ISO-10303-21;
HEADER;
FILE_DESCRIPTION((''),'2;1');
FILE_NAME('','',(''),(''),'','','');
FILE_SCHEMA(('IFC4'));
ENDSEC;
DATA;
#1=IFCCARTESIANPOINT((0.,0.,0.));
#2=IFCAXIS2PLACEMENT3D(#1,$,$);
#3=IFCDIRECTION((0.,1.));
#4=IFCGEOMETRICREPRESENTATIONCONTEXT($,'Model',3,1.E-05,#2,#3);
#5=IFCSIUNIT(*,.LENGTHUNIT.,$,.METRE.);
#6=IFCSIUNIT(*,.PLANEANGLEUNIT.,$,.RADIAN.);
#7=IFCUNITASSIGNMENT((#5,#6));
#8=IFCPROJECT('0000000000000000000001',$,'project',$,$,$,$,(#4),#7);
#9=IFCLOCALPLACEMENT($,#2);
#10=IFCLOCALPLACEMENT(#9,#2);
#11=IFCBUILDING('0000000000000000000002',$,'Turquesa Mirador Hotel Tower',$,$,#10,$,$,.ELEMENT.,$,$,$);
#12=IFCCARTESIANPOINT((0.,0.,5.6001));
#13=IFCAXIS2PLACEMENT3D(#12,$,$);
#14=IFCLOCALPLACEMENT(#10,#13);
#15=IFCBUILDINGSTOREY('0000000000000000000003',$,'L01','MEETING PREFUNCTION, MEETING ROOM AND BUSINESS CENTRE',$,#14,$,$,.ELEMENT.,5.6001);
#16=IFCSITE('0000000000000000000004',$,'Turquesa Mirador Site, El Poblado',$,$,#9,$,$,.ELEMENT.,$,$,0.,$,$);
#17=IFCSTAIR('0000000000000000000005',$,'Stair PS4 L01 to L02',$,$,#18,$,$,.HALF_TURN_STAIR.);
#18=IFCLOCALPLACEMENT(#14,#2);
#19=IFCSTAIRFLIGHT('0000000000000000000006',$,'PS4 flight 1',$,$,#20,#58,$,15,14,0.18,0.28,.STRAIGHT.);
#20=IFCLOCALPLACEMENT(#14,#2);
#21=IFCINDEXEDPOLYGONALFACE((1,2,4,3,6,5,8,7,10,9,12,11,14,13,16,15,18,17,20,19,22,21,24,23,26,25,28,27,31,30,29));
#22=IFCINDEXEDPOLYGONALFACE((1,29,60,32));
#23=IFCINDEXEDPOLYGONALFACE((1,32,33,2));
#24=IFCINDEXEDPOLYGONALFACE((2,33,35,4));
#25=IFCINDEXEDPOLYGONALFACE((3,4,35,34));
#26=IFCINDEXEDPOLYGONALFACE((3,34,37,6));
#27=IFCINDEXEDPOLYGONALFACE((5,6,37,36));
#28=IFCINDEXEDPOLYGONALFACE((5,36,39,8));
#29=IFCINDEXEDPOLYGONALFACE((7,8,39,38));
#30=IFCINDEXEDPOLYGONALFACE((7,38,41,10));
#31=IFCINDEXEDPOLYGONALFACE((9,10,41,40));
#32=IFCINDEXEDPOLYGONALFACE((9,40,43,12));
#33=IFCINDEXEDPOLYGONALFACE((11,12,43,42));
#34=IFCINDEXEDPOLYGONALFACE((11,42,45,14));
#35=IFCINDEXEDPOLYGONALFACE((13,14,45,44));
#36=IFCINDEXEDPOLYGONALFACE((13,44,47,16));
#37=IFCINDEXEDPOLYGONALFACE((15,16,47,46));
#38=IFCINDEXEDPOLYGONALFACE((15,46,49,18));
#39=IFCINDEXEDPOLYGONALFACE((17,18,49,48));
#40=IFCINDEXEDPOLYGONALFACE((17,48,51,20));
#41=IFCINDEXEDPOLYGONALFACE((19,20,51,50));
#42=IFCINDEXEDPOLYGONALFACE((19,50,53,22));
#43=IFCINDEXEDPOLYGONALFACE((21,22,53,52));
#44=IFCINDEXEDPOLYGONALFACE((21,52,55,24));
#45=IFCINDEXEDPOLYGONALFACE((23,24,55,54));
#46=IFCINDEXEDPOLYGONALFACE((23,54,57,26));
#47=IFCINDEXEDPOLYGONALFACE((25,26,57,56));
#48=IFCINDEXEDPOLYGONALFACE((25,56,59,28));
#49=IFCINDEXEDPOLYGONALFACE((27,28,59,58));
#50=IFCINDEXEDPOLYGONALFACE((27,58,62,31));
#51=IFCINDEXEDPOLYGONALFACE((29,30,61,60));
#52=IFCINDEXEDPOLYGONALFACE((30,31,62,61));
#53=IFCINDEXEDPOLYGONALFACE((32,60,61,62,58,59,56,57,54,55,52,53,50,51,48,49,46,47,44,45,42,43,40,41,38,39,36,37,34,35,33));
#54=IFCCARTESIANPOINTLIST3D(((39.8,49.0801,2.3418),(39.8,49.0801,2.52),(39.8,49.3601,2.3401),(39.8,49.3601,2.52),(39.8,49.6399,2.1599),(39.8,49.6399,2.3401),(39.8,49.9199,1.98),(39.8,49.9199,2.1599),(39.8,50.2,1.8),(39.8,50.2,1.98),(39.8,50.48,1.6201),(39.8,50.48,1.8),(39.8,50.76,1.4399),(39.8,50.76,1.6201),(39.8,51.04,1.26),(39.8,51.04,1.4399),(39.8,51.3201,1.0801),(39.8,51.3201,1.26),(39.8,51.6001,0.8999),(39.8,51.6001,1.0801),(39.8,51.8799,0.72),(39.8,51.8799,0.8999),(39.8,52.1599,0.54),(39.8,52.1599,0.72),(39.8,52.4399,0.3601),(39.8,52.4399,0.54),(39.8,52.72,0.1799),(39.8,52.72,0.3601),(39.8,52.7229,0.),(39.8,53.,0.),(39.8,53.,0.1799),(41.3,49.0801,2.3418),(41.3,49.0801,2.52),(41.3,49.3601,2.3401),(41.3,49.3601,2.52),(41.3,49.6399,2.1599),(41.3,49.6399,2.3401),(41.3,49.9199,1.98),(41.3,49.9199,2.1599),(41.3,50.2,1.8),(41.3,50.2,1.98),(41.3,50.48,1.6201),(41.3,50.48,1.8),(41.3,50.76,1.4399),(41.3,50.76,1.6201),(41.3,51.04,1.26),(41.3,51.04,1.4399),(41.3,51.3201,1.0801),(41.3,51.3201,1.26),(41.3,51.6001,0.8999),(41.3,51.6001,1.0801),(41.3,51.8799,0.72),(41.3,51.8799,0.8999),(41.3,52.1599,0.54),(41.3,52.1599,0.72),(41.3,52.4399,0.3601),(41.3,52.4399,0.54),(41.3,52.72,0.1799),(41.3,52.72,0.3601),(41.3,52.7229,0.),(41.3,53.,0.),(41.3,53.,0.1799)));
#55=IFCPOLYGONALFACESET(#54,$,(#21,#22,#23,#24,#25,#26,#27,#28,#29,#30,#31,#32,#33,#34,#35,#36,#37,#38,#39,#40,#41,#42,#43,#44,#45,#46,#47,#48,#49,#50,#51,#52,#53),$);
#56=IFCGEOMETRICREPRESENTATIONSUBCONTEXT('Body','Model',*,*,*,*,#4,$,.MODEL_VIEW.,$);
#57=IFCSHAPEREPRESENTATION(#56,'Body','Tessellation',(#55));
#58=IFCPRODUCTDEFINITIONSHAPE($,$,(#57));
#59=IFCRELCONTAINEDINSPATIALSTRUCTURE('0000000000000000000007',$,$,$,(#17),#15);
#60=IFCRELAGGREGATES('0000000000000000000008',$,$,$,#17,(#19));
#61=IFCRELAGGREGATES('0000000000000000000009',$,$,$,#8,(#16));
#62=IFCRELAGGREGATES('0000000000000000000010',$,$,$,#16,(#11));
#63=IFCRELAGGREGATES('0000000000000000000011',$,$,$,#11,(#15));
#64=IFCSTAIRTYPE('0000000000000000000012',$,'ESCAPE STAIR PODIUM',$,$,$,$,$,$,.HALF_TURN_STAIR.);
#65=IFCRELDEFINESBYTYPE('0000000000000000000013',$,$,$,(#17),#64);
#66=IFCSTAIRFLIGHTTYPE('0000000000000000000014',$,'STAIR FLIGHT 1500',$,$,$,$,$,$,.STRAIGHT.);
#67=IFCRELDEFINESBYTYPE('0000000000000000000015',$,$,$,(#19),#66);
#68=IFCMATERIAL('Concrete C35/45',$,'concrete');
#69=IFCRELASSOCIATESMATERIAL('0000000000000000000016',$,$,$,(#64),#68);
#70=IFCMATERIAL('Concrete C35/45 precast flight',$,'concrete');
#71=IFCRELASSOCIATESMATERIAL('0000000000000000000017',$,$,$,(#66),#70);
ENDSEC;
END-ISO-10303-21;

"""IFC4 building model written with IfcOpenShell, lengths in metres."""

from ifc_helpers import new_model, si_unit, direction, frame, origin, place, context, subcontext, project, spatial, polyline, outline, extrude, material, type_object, element, aggregate, save


model = new_model("IFC4")

# Units and contexts
model_context = context("Model", 3, precision=1e-05, world=origin(), true_north=direction((0.0, 1.0)))
body_context = subcontext(model_context, "Body", "Model", "MODEL_VIEW")
ifc_project = project(units=[si_unit("LENGTHUNIT", "METRE"), si_unit("PLANEANGLEUNIT", "RADIAN")], contexts=[model_context])

# Site, building, storey
site_placement = place(None, origin())
site = spatial("IfcSite", under=ifc_project, at=site_placement, Name="Turquesa Mirador Site, El Poblado", CompositionType="ELEMENT", RefElevation=0.0)
building_placement = place(site_placement, origin())
building = spatial("IfcBuilding", under=site, at=building_placement, Name="Turquesa Mirador Hotel Tower", CompositionType="ELEMENT")
storey_placement = place(building_placement, frame((0.0, 0.0, 5.6001)))
storey = spatial("IfcBuildingStorey", under=building, at=storey_placement, Name="L01", Description="MEETING PREFUNCTION, MEETING ROOM AND BUSINESS CENTRE", CompositionType="ELEMENT", Elevation=5.6001)

# Stair, stair flight
ifc_material_1 = material(Name="Concrete C35/45", Category="concrete")
stair_type = type_object("IfcStairType", Name="ESCAPE STAIR PODIUM", PredefinedType="HALF_TURN_STAIR", material=ifc_material_1)
stair_placement = place(storey_placement, origin())
stair = element("IfcStair", 1, at=stair_placement, inside=storey, type_object=stair_type, Name="Stair PS4 L01 to L02", PredefinedType="HALF_TURN_STAIR")
ifc_material_2 = material(Name="Concrete C35/45 precast flight", Category="concrete")
stair_flight_type = type_object("IfcStairFlightType", Name="STAIR FLIGHT 1500", PredefinedType="STRAIGHT", material=ifc_material_2)
stair_flight_placement = place(storey_placement, frame((40.55, 53.0, 0.0), z_axis=(0.0, 0.0, 1.0), x_axis=(0.0, -1.0, 0.0)))
stair_flight = element("IfcStairFlight", 2, at=stair_flight_placement, type_object=stair_flight_type, Name="PS4 flight 1", NumberOfRisers=15, NumberOfTreads=14, PredefinedType="STRAIGHT", RiserHeight=0.18, TreadLength=0.28, context=body_context, shape_type="SweptSolid", body=[
    extrude(outline(polyline([(0.0, 0.0), (0.0, 0.1799), (0.28, 0.1799), (0.28, 0.3601), (0.5601, 0.3601), (0.5601, 0.54), (0.8401, 0.54), (0.8401, 0.72), (1.1201, 0.72), (1.1201, 0.8999), (1.3999, 0.8999), (1.3999, 1.0801), (1.6799, 1.0801), (1.6799, 1.26), (1.96, 1.26), (1.96, 1.4399), (2.24, 1.4399), (2.24, 1.6201), (2.52, 1.6201), (2.52, 1.8), (2.8, 1.8), (2.8, 1.98), (3.0801, 1.98), (3.0801, 2.1599), (3.3601, 2.1599), (3.3601, 2.3401), (3.6399, 2.3401), (3.6399, 2.52), (3.9199, 2.52), (3.9199, 2.7), (3.9199, 2.3418), (0.2771, 0.0), (0.0, 0.0)])), frame((0.0, 0.75, 0.0), z_axis=(0.0, -1.0, 0.0), x_axis=(1.0, 0.0, 0.0)), (0.0, 0.0, 1.0), 1.5),
])
aggregate(stair, [stair_flight])

save(model, "model.ifc")
